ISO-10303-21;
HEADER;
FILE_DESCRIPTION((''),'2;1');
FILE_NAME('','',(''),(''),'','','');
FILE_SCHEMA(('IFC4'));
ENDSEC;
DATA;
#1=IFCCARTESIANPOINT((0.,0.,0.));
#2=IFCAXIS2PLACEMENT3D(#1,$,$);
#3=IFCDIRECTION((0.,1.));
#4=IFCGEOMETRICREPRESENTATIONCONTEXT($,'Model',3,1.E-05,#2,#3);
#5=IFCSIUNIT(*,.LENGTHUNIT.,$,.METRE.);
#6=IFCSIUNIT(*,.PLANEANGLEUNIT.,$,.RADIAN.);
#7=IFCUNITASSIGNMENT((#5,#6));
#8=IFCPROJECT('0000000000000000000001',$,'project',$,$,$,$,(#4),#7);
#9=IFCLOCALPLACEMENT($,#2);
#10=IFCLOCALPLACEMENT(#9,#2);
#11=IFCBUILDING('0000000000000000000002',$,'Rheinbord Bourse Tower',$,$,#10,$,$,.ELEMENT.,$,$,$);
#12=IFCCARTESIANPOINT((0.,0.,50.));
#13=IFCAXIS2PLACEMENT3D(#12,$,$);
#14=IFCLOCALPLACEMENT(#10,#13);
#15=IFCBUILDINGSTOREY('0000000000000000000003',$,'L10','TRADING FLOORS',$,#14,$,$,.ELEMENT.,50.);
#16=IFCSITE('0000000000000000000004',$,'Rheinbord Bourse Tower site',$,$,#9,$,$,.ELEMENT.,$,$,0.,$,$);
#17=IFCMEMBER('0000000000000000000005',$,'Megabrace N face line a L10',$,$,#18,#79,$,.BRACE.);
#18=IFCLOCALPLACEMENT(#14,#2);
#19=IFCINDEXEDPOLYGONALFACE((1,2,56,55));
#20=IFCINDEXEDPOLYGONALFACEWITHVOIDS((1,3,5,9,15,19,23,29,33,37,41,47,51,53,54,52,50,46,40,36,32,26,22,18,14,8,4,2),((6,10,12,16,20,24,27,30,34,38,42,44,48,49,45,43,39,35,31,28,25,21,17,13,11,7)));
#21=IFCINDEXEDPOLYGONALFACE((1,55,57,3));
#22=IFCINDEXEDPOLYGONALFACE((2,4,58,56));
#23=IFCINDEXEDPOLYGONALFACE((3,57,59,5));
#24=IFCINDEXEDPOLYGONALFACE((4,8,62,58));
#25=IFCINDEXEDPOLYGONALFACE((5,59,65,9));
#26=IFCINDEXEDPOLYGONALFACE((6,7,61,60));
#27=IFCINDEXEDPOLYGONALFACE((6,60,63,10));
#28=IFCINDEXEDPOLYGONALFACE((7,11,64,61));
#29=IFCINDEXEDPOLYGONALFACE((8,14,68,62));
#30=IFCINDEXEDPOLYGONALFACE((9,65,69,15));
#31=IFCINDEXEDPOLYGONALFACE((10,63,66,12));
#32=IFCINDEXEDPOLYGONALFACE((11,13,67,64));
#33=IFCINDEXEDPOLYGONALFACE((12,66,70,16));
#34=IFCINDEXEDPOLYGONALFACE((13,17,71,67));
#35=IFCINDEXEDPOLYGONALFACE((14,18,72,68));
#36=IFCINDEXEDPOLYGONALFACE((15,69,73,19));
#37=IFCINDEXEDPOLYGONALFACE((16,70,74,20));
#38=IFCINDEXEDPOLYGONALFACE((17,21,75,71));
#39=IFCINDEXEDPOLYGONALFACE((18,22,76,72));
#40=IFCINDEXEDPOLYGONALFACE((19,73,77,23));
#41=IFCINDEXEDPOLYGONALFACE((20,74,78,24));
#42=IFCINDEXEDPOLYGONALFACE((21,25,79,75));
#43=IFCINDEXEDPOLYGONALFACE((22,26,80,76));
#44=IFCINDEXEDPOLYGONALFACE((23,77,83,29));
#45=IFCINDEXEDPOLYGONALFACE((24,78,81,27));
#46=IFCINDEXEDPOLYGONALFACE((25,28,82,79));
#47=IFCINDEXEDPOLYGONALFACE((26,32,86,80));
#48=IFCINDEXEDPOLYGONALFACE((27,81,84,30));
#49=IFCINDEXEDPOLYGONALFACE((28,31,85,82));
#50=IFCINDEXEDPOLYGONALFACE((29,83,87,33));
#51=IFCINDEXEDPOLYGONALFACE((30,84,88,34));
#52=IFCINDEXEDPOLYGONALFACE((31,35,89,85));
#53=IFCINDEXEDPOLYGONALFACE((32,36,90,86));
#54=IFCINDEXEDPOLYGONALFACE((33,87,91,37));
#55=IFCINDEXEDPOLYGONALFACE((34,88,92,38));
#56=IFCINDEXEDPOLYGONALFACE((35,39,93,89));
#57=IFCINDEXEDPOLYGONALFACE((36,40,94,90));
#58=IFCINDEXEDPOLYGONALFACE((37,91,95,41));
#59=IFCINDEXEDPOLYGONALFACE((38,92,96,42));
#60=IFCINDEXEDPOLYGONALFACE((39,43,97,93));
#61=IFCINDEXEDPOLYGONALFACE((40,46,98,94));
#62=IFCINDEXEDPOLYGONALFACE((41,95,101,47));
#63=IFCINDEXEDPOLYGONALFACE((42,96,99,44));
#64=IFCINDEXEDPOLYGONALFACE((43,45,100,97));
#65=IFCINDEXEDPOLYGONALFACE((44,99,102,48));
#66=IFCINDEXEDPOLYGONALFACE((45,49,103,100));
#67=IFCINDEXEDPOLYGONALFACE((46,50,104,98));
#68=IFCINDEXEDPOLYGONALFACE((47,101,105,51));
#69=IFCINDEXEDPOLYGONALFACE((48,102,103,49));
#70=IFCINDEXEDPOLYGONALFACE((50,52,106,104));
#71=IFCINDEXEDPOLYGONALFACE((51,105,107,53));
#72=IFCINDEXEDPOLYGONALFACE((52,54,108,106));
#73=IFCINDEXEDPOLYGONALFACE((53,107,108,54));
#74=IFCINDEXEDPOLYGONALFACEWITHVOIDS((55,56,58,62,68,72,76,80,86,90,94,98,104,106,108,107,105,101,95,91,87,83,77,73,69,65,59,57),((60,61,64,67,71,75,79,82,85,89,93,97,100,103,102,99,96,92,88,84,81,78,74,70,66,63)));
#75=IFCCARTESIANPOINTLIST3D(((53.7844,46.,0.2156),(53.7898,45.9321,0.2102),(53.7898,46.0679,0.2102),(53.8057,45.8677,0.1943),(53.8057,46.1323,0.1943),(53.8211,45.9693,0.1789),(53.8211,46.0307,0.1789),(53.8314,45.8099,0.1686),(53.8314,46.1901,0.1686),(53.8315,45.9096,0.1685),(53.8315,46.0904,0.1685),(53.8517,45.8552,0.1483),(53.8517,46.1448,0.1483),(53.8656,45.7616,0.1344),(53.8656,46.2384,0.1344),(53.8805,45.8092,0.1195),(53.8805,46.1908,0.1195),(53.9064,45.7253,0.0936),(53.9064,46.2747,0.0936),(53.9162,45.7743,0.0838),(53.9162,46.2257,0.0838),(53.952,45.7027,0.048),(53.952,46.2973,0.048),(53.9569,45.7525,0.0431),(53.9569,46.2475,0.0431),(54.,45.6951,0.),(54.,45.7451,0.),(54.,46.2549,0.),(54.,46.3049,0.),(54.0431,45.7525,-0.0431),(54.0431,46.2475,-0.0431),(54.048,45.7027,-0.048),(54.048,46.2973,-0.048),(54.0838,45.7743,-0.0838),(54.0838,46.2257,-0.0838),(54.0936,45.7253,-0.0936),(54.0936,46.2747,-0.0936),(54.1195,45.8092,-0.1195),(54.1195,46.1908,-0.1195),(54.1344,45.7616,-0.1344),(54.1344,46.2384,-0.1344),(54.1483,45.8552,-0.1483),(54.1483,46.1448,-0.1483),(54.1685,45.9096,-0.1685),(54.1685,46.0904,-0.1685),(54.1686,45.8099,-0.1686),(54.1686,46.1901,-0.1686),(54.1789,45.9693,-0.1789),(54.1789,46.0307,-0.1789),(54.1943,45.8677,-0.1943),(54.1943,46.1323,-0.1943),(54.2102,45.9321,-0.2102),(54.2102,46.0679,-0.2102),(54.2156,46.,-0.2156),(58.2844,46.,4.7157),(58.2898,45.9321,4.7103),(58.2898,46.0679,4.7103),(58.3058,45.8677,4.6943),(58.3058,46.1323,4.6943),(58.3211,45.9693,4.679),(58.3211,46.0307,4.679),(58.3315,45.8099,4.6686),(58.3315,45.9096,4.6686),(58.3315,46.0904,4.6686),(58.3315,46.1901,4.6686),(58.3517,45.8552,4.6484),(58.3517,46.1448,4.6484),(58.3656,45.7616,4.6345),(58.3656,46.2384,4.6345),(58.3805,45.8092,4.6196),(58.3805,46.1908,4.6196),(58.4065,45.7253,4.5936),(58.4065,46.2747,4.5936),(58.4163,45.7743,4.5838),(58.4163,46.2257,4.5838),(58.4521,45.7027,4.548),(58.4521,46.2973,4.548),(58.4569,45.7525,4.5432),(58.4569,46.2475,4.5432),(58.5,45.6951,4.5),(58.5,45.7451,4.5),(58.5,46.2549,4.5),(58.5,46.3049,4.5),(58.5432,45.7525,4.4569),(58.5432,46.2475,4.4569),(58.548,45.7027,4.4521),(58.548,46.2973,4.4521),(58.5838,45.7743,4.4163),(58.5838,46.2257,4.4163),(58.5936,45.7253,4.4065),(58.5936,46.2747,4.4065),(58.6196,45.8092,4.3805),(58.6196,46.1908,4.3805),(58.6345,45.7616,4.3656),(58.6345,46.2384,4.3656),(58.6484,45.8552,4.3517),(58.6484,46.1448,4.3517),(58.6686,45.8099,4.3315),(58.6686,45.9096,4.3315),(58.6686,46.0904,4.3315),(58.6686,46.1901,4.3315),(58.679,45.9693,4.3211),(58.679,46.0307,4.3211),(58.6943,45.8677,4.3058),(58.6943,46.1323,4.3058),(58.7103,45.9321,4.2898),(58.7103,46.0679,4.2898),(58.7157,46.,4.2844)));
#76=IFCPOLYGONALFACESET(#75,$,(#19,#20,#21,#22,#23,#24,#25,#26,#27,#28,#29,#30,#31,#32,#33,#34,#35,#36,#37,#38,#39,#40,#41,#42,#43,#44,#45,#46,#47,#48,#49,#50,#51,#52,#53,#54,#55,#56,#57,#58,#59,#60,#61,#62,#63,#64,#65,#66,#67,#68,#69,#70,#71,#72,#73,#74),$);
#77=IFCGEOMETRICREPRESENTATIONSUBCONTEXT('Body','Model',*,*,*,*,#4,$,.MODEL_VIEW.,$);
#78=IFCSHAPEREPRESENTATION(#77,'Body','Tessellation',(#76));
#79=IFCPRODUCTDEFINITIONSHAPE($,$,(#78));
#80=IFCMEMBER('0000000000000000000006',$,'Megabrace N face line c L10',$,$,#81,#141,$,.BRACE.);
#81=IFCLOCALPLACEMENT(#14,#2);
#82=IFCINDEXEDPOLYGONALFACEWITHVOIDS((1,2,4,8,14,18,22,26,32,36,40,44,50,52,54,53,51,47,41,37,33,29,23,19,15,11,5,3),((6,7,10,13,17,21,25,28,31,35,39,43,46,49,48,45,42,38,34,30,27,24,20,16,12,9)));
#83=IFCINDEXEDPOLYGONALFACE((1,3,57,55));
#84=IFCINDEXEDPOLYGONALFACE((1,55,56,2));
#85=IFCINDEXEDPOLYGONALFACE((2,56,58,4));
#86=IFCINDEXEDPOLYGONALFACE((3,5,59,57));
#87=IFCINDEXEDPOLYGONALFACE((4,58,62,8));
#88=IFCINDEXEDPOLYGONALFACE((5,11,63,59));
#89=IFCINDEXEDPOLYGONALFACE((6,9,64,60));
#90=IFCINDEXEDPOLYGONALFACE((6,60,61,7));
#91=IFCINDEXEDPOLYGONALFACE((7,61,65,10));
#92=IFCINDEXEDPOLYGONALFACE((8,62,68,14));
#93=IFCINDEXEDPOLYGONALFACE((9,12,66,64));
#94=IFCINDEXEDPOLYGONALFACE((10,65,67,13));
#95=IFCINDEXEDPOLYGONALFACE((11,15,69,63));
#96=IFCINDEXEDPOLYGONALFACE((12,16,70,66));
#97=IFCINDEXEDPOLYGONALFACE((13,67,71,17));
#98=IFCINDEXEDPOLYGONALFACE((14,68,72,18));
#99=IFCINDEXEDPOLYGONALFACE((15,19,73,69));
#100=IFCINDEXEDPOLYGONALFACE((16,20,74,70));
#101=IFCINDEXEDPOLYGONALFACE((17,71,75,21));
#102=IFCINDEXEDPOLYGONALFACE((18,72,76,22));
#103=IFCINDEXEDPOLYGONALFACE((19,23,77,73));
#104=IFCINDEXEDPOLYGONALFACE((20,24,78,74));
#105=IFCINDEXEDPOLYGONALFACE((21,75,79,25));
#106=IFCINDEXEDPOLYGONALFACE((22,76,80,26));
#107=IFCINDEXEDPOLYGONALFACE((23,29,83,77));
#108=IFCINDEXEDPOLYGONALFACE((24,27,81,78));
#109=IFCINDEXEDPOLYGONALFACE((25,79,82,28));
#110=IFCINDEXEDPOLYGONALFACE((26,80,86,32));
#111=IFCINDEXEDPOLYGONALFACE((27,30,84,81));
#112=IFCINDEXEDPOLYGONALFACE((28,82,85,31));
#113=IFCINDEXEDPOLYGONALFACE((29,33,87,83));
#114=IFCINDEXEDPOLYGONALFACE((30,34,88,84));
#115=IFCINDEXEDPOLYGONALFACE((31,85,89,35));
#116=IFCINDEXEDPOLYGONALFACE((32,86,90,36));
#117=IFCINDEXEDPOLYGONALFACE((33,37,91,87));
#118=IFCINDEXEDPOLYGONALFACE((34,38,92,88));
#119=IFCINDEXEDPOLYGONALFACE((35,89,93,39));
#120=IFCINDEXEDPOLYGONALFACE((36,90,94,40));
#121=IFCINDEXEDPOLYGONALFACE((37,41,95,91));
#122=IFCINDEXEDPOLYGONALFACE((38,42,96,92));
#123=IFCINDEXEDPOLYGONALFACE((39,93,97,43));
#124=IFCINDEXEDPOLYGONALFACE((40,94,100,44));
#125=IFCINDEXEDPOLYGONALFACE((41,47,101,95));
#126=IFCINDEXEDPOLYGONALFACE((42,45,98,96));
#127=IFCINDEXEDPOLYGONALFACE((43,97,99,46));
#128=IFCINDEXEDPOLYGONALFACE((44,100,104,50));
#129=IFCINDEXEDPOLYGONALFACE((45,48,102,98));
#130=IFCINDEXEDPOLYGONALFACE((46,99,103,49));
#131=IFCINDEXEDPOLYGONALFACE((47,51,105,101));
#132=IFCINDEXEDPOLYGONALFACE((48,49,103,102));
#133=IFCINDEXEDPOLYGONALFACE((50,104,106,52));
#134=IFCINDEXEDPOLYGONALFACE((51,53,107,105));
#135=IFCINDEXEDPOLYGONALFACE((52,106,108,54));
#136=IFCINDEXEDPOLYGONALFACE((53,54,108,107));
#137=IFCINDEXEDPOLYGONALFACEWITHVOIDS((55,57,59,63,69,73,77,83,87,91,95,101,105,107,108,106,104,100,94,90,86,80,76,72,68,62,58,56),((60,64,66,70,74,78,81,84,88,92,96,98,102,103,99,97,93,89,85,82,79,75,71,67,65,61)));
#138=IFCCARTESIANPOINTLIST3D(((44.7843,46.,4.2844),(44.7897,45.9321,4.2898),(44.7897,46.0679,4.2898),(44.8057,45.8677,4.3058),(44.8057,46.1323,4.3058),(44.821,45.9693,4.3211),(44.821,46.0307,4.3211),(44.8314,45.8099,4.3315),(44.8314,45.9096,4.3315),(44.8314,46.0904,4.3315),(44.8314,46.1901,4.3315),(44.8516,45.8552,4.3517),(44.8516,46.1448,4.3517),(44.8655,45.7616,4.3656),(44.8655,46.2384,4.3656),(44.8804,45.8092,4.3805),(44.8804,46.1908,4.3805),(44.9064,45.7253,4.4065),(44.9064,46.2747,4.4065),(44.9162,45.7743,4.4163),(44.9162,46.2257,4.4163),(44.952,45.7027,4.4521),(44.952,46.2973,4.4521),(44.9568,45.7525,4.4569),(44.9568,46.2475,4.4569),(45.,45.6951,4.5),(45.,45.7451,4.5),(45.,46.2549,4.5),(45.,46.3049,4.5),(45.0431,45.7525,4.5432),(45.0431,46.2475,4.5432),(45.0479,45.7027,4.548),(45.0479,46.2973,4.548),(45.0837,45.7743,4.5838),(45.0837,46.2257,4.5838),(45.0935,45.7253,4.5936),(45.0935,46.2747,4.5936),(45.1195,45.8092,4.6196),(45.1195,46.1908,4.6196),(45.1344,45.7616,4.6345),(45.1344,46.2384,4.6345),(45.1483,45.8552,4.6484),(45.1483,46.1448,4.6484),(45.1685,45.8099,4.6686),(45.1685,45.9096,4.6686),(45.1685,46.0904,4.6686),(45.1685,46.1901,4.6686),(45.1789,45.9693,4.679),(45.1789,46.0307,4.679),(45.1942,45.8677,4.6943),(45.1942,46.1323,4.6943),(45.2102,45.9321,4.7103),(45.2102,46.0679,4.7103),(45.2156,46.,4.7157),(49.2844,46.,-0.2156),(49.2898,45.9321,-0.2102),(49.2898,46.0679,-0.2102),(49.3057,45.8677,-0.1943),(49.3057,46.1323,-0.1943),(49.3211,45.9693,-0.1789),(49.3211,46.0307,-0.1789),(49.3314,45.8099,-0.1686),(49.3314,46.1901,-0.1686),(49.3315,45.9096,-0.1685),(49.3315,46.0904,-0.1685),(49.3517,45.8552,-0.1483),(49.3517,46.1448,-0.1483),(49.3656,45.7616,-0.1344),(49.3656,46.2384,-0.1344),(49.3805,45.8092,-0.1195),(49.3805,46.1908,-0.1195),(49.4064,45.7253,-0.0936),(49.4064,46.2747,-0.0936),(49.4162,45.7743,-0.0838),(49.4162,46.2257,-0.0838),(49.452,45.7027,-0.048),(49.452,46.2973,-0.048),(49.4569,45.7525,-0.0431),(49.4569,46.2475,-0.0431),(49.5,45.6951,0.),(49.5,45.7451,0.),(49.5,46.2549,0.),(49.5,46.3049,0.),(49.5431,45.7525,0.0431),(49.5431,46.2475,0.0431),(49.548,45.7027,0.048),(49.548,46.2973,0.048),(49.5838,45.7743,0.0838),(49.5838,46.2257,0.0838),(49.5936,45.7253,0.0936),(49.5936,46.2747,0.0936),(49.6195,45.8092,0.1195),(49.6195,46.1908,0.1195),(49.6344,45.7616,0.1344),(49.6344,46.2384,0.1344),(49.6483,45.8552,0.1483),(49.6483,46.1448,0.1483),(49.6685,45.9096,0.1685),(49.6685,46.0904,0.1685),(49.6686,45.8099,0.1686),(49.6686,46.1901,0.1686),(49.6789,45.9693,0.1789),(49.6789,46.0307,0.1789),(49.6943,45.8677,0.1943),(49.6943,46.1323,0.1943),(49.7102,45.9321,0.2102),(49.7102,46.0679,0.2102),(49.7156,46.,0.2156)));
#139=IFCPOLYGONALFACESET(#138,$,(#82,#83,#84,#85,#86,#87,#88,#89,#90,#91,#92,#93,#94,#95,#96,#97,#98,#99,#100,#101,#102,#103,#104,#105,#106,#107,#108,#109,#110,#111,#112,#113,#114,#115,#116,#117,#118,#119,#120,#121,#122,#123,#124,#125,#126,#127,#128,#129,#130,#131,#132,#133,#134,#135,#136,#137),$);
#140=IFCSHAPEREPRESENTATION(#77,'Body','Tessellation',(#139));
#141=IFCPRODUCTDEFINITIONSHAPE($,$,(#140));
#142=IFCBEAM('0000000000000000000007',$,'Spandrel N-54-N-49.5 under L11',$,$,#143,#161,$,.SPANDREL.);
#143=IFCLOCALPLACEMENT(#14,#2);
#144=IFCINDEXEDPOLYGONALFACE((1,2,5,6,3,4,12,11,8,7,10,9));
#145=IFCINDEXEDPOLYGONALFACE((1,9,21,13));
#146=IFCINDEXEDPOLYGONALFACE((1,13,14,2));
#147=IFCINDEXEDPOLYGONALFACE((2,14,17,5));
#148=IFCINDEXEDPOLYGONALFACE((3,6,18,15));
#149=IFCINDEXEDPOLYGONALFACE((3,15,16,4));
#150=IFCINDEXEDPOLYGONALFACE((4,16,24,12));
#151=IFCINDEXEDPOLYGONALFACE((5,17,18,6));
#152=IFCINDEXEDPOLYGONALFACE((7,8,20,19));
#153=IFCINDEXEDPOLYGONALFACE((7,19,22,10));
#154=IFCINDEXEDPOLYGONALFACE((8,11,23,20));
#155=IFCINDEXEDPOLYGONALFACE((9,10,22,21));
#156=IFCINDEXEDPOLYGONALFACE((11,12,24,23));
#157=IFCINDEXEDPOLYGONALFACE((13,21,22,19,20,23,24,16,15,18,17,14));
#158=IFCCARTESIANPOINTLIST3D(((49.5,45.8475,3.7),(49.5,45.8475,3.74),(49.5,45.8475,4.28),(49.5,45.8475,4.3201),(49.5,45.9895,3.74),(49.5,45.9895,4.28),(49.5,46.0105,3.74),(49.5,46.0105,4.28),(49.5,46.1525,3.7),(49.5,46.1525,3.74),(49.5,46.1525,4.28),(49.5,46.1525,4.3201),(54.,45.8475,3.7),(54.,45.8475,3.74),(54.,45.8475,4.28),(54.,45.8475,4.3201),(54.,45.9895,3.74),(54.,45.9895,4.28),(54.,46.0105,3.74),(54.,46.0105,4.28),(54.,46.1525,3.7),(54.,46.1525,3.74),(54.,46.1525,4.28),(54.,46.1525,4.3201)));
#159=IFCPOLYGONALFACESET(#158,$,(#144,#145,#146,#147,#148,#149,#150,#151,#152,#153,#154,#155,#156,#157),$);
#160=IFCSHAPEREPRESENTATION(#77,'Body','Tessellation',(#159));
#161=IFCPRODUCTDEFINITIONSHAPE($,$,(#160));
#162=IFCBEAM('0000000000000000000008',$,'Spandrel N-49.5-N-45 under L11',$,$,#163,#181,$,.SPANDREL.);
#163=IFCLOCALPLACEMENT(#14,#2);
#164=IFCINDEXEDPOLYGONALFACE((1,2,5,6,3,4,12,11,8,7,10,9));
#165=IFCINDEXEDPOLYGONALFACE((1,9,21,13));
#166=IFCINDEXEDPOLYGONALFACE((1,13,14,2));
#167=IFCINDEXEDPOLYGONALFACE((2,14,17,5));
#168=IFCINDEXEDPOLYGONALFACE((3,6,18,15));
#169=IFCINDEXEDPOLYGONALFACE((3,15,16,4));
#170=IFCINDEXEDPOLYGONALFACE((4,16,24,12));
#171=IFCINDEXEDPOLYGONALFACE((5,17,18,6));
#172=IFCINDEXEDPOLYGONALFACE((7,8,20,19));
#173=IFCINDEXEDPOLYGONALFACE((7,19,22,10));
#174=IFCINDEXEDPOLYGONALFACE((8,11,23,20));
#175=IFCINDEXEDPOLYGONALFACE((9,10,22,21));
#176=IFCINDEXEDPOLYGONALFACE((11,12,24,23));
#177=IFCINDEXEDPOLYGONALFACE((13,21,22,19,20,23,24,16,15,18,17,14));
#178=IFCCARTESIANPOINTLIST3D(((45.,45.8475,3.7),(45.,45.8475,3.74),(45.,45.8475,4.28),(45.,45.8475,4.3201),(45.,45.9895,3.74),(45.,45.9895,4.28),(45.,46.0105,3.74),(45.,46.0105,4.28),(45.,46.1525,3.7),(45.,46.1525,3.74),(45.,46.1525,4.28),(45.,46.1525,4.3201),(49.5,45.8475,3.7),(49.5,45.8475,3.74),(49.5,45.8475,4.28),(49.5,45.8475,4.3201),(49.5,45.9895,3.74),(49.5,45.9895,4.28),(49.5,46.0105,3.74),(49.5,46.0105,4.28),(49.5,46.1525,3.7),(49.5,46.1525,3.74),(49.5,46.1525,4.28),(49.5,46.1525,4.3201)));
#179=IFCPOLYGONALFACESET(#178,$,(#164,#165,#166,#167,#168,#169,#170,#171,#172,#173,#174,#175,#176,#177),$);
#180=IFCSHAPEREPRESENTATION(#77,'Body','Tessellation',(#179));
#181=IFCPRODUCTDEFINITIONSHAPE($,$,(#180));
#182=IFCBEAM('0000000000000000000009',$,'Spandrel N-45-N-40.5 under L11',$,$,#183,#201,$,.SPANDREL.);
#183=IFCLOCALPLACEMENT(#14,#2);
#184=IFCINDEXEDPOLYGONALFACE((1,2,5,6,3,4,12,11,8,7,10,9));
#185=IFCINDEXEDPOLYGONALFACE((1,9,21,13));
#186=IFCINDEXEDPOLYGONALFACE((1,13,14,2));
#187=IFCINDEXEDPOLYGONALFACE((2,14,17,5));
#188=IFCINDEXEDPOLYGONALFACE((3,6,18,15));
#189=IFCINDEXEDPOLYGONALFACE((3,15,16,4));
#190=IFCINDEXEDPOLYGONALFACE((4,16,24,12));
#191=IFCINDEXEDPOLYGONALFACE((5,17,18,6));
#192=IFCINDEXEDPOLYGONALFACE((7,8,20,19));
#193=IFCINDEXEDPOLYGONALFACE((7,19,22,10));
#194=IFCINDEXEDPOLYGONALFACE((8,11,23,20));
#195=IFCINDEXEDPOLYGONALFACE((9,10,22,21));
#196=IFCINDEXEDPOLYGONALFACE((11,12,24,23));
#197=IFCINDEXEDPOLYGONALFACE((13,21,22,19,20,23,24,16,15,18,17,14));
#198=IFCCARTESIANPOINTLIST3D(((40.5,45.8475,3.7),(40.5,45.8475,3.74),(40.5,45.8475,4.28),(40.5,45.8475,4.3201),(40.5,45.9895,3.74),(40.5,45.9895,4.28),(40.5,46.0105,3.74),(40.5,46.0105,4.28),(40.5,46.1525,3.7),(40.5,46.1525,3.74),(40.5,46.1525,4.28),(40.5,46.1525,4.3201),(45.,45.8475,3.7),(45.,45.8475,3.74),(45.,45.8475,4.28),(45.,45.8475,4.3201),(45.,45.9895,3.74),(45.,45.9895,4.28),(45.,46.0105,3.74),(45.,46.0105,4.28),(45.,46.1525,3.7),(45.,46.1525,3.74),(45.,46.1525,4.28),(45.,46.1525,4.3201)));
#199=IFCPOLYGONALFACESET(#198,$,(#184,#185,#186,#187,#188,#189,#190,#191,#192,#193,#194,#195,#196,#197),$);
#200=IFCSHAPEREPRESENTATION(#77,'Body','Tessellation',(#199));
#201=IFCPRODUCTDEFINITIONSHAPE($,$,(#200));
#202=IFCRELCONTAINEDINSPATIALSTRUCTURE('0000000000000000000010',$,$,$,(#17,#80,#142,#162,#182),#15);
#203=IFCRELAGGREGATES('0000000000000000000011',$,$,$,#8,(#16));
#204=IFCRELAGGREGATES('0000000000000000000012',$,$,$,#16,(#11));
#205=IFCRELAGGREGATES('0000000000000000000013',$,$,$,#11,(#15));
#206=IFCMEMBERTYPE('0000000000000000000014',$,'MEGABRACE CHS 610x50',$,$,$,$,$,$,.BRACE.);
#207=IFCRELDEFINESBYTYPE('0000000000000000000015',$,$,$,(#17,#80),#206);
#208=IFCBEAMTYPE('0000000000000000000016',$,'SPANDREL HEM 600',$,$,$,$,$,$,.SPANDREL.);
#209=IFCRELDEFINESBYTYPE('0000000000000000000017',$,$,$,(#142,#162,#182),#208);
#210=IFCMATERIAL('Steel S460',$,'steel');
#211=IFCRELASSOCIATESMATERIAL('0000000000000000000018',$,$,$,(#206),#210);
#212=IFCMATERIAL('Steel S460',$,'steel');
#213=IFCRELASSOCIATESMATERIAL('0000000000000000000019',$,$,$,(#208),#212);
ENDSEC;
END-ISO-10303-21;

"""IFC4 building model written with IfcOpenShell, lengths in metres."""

from ifc_helpers import new_model, si_unit, direction, frame, origin, origin_2d, place, context, subcontext, project, spatial, hollow_circle, i_section, extrude, material, material_profile, profile_set, type_object, element, save


model = new_model("IFC4")

# Units and contexts
model_context = context("Model", 3, precision=1e-05, world=origin(), true_north=direction((0.0, 1.0)))
body_context = subcontext(model_context, "Body", "Model", "MODEL_VIEW")
ifc_project = project(units=[si_unit("LENGTHUNIT", "METRE"), si_unit("PLANEANGLEUNIT", "RADIAN")], contexts=[model_context])

# Site, building, storey
site_placement = place(None, origin())
site = spatial("IfcSite", under=ifc_project, at=site_placement, Name="Rheinbord Bourse Tower site", CompositionType="ELEMENT", RefElevation=0.0)
building_placement = place(site_placement, origin())
building = spatial("IfcBuilding", under=site, at=building_placement, Name="Rheinbord Bourse Tower", CompositionType="ELEMENT")
storey_placement = place(building_placement, frame((0.0, 0.0, 50.0)))
storey = spatial("IfcBuildingStorey", under=building, at=storey_placement, Name="L10", Description="TRADING FLOORS", CompositionType="ELEMENT", Elevation=50.0)

# Members
ifc_material_1 = material(Name="Steel S460", Category="steel")
ifc_material_profile_1 = material_profile(ifc_material_1, hollow_circle(Radius=0.3049, WallThickness=0.05, at=origin_2d()), Name="CHS 610x50")
ifc_profile_set_1 = profile_set([ifc_material_profile_1], Name="Steel S460")
member_type_1 = type_object("IfcMemberType", Name="MEGABRACE CHS 610x50", PredefinedType="BRACE", material=ifc_profile_set_1)
for number, where, z_axis, x_axis, name in (
    (1, (54.0, 46.0, 0.0), (0.707107, 0.0, 0.707107), (0.0, 1.0, 0.0), "Megabrace N face line a L10"),
    (2, (49.5, 46.0, 0.0), (-0.707107, 0.0, 0.707107), (0.0, -1.0, 0.0), "Megabrace N face line c L10"),
):
    element("IfcMember", number, at=place(storey_placement, frame(where, z_axis=z_axis, x_axis=x_axis)), inside=storey, type_object=member_type_1, Name=name, PredefinedType="BRACE", context=body_context, shape_type="SweptSolid", body=[
        extrude(hollow_circle(Radius=0.3049, WallThickness=0.05, at=origin_2d()), origin(), (0.0, 0.0, 1.0), 6.364),
    ])

# Beams
ifc_material_2 = material(Name="Steel S460", Category="steel")
ifc_material_profile_2 = material_profile(ifc_material_2, i_section(OverallWidth=0.3049, OverallDepth=0.6201, WebThickness=0.021, FlangeThickness=0.04, at=origin_2d()), Name="HEM 600")
ifc_profile_set_2 = profile_set([ifc_material_profile_2], Name="Steel S460")
beam_type_1 = type_object("IfcBeamType", Name="SPANDREL HEM 600", PredefinedType="SPANDREL", material=ifc_profile_set_2)
for number, where, z_axis, x_axis, name in (
    (3, (54.0, 46.0, 4.01), (-1.0, 0.0, 0.0), (0.0, -1.0, 0.0), "Spandrel N-54-N-49.5 under L11"),
    (4, (49.5, 46.0, 4.01), (-1.0, 0.0, 0.0), (0.0, -1.0, 0.0), "Spandrel N-49.5-N-45 under L11"),
    (5, (45.0, 46.0, 4.01), (-1.0, 0.0, 0.0), (0.0, -1.0, 0.0), "Spandrel N-45-N-40.5 under L11"),
):
    element("IfcBeam", number, at=place(storey_placement, frame(where, z_axis=z_axis, x_axis=x_axis)), inside=storey, type_object=beam_type_1, Name=name, PredefinedType="SPANDREL", context=body_context, shape_type="SweptSolid", body=[
        extrude(i_section(OverallWidth=0.3049, OverallDepth=0.6201, WebThickness=0.021, FlangeThickness=0.04, at=origin_2d()), origin(), (0.0, 0.0, 1.0), 4.5),
    ])

save(model, "model.ifc")
